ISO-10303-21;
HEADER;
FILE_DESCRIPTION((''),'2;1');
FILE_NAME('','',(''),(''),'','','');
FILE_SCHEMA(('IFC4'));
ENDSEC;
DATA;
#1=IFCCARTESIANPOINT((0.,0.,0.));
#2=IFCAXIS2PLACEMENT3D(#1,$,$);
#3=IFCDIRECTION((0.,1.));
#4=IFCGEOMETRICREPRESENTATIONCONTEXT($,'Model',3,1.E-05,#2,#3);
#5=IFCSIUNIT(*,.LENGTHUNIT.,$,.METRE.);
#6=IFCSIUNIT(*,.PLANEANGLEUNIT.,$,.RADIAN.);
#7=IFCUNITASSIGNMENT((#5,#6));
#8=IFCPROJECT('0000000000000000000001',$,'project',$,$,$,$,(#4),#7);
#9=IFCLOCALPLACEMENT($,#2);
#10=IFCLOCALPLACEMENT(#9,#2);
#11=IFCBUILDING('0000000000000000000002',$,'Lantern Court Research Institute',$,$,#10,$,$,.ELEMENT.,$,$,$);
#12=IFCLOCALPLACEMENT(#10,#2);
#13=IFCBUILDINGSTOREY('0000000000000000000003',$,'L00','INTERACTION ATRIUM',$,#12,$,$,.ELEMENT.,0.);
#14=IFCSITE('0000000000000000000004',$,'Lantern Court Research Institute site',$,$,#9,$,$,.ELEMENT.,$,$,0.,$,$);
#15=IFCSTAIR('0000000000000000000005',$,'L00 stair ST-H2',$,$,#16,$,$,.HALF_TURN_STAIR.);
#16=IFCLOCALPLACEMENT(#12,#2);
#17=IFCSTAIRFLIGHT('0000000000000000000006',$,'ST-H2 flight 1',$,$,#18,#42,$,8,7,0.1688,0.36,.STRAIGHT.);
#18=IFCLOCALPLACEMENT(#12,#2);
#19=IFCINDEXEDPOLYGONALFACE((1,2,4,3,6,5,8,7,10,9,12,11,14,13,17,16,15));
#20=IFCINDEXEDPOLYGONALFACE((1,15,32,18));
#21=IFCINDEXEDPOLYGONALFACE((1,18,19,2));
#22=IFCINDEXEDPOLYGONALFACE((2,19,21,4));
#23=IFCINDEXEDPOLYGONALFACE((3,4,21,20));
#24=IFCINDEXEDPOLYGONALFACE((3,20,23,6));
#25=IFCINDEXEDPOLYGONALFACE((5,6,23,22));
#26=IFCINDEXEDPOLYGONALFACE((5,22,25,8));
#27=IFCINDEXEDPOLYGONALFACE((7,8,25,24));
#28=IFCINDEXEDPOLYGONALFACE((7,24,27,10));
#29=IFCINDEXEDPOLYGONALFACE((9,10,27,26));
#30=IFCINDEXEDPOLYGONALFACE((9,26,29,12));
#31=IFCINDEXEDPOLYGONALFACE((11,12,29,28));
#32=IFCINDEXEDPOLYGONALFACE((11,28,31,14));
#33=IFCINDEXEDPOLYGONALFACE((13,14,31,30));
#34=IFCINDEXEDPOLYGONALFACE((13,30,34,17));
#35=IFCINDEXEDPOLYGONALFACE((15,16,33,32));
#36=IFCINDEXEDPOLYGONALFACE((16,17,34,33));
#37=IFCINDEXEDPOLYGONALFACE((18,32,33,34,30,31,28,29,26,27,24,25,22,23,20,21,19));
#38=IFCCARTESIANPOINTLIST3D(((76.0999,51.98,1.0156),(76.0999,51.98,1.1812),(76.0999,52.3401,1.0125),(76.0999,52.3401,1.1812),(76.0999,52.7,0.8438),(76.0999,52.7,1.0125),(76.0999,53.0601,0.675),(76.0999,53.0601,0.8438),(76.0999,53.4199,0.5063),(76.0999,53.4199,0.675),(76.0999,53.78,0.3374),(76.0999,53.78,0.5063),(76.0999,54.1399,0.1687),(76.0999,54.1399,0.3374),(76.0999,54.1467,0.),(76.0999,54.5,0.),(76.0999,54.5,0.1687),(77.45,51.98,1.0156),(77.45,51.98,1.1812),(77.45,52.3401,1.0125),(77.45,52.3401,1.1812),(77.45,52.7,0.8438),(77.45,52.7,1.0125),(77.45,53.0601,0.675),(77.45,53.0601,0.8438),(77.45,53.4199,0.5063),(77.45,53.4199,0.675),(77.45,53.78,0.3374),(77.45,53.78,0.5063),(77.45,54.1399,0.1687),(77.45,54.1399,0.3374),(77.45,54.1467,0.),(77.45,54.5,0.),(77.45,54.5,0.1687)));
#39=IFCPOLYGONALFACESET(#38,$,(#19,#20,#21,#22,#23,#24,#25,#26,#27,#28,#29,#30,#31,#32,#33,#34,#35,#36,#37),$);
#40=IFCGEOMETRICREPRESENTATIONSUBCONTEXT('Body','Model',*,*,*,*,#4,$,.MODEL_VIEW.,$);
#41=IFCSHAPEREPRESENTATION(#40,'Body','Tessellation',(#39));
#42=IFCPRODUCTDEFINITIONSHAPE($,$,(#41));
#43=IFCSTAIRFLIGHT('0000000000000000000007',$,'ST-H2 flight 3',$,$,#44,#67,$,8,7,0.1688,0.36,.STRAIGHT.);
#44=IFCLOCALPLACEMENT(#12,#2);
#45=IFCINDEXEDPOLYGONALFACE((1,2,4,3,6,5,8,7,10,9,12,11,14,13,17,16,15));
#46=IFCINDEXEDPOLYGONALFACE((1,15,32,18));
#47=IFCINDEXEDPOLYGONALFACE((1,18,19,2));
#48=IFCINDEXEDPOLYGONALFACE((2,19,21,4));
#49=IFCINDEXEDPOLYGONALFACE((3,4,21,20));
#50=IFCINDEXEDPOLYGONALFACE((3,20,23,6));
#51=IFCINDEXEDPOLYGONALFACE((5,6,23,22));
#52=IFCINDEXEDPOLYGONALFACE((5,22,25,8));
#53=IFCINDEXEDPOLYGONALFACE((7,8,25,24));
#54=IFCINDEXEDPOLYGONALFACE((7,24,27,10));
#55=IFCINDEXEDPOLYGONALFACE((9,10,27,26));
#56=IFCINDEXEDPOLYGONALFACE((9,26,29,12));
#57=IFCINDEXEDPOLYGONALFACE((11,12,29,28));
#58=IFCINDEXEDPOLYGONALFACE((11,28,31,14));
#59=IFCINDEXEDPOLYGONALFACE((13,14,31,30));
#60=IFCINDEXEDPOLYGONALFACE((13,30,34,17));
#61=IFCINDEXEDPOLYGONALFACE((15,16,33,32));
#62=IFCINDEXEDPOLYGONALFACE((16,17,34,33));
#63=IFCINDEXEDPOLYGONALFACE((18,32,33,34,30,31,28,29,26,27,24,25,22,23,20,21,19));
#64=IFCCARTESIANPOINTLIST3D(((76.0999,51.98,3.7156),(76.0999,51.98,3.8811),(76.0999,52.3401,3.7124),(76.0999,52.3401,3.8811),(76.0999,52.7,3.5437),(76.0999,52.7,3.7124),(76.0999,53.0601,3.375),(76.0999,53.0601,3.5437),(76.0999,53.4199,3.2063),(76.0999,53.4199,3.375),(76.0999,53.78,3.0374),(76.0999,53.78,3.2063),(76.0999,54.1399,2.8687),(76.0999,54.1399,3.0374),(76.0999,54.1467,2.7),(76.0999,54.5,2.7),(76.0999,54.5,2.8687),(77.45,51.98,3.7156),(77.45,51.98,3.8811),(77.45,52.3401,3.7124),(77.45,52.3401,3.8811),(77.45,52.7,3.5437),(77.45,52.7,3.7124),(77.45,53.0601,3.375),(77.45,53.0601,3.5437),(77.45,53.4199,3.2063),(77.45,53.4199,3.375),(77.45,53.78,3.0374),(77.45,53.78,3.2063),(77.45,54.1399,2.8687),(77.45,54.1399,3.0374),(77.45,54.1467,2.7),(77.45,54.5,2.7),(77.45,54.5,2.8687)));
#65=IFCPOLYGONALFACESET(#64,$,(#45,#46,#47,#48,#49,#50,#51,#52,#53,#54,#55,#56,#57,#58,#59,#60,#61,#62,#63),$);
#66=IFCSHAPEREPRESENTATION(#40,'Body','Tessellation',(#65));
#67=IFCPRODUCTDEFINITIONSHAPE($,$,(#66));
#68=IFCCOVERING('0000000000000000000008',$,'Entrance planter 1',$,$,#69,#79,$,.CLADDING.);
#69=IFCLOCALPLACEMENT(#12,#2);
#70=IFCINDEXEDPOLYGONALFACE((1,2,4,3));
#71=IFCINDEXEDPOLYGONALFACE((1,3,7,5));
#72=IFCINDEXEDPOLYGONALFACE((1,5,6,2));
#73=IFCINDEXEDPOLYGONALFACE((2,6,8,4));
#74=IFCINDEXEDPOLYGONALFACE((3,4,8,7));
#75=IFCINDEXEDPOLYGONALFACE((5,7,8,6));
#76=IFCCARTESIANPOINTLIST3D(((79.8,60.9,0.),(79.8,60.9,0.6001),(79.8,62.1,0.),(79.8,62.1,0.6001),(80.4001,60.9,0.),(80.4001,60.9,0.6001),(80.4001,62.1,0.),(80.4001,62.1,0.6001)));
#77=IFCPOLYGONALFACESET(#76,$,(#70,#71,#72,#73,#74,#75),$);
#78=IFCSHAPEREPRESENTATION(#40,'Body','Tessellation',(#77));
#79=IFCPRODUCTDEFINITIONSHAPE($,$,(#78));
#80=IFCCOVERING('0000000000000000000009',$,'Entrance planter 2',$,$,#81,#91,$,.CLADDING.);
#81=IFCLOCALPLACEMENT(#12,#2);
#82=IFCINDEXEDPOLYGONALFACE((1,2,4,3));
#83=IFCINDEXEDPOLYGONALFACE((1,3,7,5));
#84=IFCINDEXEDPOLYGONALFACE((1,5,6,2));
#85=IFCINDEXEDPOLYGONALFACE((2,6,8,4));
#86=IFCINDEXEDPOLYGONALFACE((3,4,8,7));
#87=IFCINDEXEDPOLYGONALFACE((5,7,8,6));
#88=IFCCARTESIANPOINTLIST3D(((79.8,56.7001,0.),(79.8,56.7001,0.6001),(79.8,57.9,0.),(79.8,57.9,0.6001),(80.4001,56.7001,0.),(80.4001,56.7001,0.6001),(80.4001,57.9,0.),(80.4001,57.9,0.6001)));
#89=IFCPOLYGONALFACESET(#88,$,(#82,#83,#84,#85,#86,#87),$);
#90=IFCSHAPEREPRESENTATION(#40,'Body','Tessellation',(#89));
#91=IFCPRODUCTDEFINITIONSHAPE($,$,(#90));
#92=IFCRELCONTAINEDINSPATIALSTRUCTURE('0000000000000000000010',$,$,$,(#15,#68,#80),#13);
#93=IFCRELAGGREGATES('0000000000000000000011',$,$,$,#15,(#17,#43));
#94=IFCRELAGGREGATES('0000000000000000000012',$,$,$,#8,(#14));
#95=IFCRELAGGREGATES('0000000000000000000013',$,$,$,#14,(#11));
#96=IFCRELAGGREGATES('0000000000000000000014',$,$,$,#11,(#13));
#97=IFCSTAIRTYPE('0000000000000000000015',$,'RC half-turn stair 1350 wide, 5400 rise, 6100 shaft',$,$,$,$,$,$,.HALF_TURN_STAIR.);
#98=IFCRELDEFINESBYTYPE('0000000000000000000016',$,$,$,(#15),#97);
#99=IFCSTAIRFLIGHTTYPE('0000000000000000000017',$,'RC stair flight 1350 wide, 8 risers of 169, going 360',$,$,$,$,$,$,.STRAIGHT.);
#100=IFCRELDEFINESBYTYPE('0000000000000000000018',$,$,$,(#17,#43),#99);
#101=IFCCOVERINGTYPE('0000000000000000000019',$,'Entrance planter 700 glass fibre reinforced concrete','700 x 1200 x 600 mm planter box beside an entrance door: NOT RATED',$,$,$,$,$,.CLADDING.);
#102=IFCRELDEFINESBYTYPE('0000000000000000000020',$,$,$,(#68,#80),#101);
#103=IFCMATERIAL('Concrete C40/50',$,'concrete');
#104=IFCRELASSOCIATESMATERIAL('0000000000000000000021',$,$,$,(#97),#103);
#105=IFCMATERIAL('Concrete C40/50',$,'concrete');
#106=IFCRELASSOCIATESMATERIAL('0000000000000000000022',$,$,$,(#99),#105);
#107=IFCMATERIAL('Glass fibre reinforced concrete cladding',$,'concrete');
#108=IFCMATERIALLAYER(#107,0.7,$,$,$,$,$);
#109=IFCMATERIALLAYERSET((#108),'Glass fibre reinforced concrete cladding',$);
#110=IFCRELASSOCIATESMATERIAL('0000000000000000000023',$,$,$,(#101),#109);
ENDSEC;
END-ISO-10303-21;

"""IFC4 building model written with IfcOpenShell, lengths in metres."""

from ifc_helpers import new_model, si_unit, direction, frame, origin, origin_2d, place, context, subcontext, project, spatial, polyline, rectangle, outline, extrude, material, layer, layer_set, type_object, element, aggregate, save


model = new_model("IFC4")

# Units and contexts
model_context = context("Model", 3, precision=1e-05, world=origin(), true_north=direction((0.0, 1.0)))
body_context = subcontext(model_context, "Body", "Model", "MODEL_VIEW")
ifc_project = project(units=[si_unit("LENGTHUNIT", "METRE"), si_unit("PLANEANGLEUNIT", "RADIAN")], contexts=[model_context])

# Site, building, storey
site_placement = place(None, origin())
site = spatial("IfcSite", under=ifc_project, at=site_placement, Name="Lantern Court Research Institute site", CompositionType="ELEMENT", RefElevation=0.0)
building_placement = place(site_placement, origin())
building = spatial("IfcBuilding", under=site, at=building_placement, Name="Lantern Court Research Institute", CompositionType="ELEMENT")
storey_placement = place(building_placement, origin())
storey = spatial("IfcBuildingStorey", under=building, at=storey_placement, Name="L00", Description="INTERACTION ATRIUM", CompositionType="ELEMENT", Elevation=0.0)

# Stair, stair flights
ifc_material_1 = material(Name="Concrete C40/50", Category="concrete")
stair_type = type_object("IfcStairType", Name="RC half-turn stair 1350 wide, 5400 rise, 6100 shaft", PredefinedType="HALF_TURN_STAIR", material=ifc_material_1)
stair_placement = place(storey_placement, origin())
stair = element("IfcStair", 1, at=stair_placement, inside=storey, type_object=stair_type, Name="L00 stair ST-H2", PredefinedType="HALF_TURN_STAIR")
ifc_material_2 = material(Name="Concrete C40/50", Category="concrete")
stair_flight_type = type_object("IfcStairFlightType", Name="RC stair flight 1350 wide, 8 risers of 169, going 360", PredefinedType="STRAIGHT", material=ifc_material_2)
stair_flight_1_placement = place(storey_placement, frame((76.7749, 54.5, 0.0), z_axis=(0.0, 0.0, 1.0), x_axis=(0.0, -1.0, 0.0)))
stair_flight_1 = element("IfcStairFlight", 2, at=stair_flight_1_placement, type_object=stair_flight_type, Name="ST-H2 flight 1", NumberOfRisers=8, NumberOfTreads=7, PredefinedType="STRAIGHT", RiserHeight=0.1688, TreadLength=0.36, context=body_context, shape_type="SweptSolid", body=[
    extrude(outline(polyline([(0.0, 0.0), (0.0, 0.1687), (0.3601, 0.1687), (0.3601, 0.3374), (0.72, 0.3374), (0.72, 0.5063), (1.0801, 0.5063), (1.0801, 0.675), (1.4399, 0.675), (1.4399, 0.8438), (1.8, 0.8438), (1.8, 1.0125), (2.1599, 1.0125), (2.1599, 1.1812), (2.52, 1.1812), (2.52, 1.3501), (2.52, 1.0156), (0.3533, 0.0), (0.0, 0.0)])), frame((0.0, 0.675, 0.0), z_axis=(0.0, -1.0, 0.0), x_axis=(1.0, 0.0, 0.0)), (0.0, 0.0, 1.0), 1.3501),
])
stair_flight_2_placement = place(storey_placement, frame((76.7749, 54.5, 2.7), z_axis=(0.0, 0.0, 1.0), x_axis=(0.0, -1.0, 0.0)))
stair_flight_2 = element("IfcStairFlight", 3, at=stair_flight_2_placement, type_object=stair_flight_type, Name="ST-H2 flight 3", NumberOfRisers=8, NumberOfTreads=7, PredefinedType="STRAIGHT", RiserHeight=0.1688, TreadLength=0.36, context=body_context, shape_type="SweptSolid", body=[
    extrude(outline(polyline([(0.0, 0.0), (0.0, 0.1687), (0.3601, 0.1687), (0.3601, 0.3374), (0.72, 0.3374), (0.72, 0.5063), (1.0801, 0.5063), (1.0801, 0.675), (1.4399, 0.675), (1.4399, 0.8438), (1.8, 0.8438), (1.8, 1.0125), (2.1599, 1.0125), (2.1599, 1.1812), (2.52, 1.1812), (2.52, 1.3501), (2.52, 1.0156), (0.3533, 0.0), (0.0, 0.0)])), frame((0.0, 0.675, 0.0), z_axis=(0.0, -1.0, 0.0), x_axis=(1.0, 0.0, 0.0)), (0.0, 0.0, 1.0), 1.3501),
])
aggregate(stair, [stair_flight_1, stair_flight_2])

# Coverings
ifc_material_3 = material(Name="Glass fibre reinforced concrete cladding", Category="concrete")
ifc_layer_1 = layer(ifc_material_3, 0.7)
ifc_layer_set_1 = layer_set([ifc_layer_1], Name="Glass fibre reinforced concrete cladding")
covering_type = type_object("IfcCoveringType", Name="Entrance planter 700 glass fibre reinforced concrete", Description="700 x 1200 x 600 mm planter box beside an entrance door: NOT RATED", PredefinedType="CLADDING", material=ifc_layer_set_1)
for number, where, z_axis, x_axis, name in (
    (4, (80.1001, 61.5, 0.0), (0.0, 0.0, 1.0), (1.0, 0.0, 0.0), "Entrance planter 1"),
    (5, (80.1001, 57.3, 0.0), (0.0, 0.0, 1.0), (1.0, 0.0, 0.0), "Entrance planter 2"),
):
    element("IfcCovering", number, at=place(storey_placement, frame(where, z_axis=z_axis, x_axis=x_axis)), inside=storey, type_object=covering_type, Name=name, PredefinedType="CLADDING", context=body_context, shape_type="SweptSolid", body=[
        extrude(rectangle(XDim=0.6001, YDim=1.2, at=origin_2d()), origin(), (0.0, 0.0, 1.0), 0.6001),
    ])

save(model, "model.ifc")
